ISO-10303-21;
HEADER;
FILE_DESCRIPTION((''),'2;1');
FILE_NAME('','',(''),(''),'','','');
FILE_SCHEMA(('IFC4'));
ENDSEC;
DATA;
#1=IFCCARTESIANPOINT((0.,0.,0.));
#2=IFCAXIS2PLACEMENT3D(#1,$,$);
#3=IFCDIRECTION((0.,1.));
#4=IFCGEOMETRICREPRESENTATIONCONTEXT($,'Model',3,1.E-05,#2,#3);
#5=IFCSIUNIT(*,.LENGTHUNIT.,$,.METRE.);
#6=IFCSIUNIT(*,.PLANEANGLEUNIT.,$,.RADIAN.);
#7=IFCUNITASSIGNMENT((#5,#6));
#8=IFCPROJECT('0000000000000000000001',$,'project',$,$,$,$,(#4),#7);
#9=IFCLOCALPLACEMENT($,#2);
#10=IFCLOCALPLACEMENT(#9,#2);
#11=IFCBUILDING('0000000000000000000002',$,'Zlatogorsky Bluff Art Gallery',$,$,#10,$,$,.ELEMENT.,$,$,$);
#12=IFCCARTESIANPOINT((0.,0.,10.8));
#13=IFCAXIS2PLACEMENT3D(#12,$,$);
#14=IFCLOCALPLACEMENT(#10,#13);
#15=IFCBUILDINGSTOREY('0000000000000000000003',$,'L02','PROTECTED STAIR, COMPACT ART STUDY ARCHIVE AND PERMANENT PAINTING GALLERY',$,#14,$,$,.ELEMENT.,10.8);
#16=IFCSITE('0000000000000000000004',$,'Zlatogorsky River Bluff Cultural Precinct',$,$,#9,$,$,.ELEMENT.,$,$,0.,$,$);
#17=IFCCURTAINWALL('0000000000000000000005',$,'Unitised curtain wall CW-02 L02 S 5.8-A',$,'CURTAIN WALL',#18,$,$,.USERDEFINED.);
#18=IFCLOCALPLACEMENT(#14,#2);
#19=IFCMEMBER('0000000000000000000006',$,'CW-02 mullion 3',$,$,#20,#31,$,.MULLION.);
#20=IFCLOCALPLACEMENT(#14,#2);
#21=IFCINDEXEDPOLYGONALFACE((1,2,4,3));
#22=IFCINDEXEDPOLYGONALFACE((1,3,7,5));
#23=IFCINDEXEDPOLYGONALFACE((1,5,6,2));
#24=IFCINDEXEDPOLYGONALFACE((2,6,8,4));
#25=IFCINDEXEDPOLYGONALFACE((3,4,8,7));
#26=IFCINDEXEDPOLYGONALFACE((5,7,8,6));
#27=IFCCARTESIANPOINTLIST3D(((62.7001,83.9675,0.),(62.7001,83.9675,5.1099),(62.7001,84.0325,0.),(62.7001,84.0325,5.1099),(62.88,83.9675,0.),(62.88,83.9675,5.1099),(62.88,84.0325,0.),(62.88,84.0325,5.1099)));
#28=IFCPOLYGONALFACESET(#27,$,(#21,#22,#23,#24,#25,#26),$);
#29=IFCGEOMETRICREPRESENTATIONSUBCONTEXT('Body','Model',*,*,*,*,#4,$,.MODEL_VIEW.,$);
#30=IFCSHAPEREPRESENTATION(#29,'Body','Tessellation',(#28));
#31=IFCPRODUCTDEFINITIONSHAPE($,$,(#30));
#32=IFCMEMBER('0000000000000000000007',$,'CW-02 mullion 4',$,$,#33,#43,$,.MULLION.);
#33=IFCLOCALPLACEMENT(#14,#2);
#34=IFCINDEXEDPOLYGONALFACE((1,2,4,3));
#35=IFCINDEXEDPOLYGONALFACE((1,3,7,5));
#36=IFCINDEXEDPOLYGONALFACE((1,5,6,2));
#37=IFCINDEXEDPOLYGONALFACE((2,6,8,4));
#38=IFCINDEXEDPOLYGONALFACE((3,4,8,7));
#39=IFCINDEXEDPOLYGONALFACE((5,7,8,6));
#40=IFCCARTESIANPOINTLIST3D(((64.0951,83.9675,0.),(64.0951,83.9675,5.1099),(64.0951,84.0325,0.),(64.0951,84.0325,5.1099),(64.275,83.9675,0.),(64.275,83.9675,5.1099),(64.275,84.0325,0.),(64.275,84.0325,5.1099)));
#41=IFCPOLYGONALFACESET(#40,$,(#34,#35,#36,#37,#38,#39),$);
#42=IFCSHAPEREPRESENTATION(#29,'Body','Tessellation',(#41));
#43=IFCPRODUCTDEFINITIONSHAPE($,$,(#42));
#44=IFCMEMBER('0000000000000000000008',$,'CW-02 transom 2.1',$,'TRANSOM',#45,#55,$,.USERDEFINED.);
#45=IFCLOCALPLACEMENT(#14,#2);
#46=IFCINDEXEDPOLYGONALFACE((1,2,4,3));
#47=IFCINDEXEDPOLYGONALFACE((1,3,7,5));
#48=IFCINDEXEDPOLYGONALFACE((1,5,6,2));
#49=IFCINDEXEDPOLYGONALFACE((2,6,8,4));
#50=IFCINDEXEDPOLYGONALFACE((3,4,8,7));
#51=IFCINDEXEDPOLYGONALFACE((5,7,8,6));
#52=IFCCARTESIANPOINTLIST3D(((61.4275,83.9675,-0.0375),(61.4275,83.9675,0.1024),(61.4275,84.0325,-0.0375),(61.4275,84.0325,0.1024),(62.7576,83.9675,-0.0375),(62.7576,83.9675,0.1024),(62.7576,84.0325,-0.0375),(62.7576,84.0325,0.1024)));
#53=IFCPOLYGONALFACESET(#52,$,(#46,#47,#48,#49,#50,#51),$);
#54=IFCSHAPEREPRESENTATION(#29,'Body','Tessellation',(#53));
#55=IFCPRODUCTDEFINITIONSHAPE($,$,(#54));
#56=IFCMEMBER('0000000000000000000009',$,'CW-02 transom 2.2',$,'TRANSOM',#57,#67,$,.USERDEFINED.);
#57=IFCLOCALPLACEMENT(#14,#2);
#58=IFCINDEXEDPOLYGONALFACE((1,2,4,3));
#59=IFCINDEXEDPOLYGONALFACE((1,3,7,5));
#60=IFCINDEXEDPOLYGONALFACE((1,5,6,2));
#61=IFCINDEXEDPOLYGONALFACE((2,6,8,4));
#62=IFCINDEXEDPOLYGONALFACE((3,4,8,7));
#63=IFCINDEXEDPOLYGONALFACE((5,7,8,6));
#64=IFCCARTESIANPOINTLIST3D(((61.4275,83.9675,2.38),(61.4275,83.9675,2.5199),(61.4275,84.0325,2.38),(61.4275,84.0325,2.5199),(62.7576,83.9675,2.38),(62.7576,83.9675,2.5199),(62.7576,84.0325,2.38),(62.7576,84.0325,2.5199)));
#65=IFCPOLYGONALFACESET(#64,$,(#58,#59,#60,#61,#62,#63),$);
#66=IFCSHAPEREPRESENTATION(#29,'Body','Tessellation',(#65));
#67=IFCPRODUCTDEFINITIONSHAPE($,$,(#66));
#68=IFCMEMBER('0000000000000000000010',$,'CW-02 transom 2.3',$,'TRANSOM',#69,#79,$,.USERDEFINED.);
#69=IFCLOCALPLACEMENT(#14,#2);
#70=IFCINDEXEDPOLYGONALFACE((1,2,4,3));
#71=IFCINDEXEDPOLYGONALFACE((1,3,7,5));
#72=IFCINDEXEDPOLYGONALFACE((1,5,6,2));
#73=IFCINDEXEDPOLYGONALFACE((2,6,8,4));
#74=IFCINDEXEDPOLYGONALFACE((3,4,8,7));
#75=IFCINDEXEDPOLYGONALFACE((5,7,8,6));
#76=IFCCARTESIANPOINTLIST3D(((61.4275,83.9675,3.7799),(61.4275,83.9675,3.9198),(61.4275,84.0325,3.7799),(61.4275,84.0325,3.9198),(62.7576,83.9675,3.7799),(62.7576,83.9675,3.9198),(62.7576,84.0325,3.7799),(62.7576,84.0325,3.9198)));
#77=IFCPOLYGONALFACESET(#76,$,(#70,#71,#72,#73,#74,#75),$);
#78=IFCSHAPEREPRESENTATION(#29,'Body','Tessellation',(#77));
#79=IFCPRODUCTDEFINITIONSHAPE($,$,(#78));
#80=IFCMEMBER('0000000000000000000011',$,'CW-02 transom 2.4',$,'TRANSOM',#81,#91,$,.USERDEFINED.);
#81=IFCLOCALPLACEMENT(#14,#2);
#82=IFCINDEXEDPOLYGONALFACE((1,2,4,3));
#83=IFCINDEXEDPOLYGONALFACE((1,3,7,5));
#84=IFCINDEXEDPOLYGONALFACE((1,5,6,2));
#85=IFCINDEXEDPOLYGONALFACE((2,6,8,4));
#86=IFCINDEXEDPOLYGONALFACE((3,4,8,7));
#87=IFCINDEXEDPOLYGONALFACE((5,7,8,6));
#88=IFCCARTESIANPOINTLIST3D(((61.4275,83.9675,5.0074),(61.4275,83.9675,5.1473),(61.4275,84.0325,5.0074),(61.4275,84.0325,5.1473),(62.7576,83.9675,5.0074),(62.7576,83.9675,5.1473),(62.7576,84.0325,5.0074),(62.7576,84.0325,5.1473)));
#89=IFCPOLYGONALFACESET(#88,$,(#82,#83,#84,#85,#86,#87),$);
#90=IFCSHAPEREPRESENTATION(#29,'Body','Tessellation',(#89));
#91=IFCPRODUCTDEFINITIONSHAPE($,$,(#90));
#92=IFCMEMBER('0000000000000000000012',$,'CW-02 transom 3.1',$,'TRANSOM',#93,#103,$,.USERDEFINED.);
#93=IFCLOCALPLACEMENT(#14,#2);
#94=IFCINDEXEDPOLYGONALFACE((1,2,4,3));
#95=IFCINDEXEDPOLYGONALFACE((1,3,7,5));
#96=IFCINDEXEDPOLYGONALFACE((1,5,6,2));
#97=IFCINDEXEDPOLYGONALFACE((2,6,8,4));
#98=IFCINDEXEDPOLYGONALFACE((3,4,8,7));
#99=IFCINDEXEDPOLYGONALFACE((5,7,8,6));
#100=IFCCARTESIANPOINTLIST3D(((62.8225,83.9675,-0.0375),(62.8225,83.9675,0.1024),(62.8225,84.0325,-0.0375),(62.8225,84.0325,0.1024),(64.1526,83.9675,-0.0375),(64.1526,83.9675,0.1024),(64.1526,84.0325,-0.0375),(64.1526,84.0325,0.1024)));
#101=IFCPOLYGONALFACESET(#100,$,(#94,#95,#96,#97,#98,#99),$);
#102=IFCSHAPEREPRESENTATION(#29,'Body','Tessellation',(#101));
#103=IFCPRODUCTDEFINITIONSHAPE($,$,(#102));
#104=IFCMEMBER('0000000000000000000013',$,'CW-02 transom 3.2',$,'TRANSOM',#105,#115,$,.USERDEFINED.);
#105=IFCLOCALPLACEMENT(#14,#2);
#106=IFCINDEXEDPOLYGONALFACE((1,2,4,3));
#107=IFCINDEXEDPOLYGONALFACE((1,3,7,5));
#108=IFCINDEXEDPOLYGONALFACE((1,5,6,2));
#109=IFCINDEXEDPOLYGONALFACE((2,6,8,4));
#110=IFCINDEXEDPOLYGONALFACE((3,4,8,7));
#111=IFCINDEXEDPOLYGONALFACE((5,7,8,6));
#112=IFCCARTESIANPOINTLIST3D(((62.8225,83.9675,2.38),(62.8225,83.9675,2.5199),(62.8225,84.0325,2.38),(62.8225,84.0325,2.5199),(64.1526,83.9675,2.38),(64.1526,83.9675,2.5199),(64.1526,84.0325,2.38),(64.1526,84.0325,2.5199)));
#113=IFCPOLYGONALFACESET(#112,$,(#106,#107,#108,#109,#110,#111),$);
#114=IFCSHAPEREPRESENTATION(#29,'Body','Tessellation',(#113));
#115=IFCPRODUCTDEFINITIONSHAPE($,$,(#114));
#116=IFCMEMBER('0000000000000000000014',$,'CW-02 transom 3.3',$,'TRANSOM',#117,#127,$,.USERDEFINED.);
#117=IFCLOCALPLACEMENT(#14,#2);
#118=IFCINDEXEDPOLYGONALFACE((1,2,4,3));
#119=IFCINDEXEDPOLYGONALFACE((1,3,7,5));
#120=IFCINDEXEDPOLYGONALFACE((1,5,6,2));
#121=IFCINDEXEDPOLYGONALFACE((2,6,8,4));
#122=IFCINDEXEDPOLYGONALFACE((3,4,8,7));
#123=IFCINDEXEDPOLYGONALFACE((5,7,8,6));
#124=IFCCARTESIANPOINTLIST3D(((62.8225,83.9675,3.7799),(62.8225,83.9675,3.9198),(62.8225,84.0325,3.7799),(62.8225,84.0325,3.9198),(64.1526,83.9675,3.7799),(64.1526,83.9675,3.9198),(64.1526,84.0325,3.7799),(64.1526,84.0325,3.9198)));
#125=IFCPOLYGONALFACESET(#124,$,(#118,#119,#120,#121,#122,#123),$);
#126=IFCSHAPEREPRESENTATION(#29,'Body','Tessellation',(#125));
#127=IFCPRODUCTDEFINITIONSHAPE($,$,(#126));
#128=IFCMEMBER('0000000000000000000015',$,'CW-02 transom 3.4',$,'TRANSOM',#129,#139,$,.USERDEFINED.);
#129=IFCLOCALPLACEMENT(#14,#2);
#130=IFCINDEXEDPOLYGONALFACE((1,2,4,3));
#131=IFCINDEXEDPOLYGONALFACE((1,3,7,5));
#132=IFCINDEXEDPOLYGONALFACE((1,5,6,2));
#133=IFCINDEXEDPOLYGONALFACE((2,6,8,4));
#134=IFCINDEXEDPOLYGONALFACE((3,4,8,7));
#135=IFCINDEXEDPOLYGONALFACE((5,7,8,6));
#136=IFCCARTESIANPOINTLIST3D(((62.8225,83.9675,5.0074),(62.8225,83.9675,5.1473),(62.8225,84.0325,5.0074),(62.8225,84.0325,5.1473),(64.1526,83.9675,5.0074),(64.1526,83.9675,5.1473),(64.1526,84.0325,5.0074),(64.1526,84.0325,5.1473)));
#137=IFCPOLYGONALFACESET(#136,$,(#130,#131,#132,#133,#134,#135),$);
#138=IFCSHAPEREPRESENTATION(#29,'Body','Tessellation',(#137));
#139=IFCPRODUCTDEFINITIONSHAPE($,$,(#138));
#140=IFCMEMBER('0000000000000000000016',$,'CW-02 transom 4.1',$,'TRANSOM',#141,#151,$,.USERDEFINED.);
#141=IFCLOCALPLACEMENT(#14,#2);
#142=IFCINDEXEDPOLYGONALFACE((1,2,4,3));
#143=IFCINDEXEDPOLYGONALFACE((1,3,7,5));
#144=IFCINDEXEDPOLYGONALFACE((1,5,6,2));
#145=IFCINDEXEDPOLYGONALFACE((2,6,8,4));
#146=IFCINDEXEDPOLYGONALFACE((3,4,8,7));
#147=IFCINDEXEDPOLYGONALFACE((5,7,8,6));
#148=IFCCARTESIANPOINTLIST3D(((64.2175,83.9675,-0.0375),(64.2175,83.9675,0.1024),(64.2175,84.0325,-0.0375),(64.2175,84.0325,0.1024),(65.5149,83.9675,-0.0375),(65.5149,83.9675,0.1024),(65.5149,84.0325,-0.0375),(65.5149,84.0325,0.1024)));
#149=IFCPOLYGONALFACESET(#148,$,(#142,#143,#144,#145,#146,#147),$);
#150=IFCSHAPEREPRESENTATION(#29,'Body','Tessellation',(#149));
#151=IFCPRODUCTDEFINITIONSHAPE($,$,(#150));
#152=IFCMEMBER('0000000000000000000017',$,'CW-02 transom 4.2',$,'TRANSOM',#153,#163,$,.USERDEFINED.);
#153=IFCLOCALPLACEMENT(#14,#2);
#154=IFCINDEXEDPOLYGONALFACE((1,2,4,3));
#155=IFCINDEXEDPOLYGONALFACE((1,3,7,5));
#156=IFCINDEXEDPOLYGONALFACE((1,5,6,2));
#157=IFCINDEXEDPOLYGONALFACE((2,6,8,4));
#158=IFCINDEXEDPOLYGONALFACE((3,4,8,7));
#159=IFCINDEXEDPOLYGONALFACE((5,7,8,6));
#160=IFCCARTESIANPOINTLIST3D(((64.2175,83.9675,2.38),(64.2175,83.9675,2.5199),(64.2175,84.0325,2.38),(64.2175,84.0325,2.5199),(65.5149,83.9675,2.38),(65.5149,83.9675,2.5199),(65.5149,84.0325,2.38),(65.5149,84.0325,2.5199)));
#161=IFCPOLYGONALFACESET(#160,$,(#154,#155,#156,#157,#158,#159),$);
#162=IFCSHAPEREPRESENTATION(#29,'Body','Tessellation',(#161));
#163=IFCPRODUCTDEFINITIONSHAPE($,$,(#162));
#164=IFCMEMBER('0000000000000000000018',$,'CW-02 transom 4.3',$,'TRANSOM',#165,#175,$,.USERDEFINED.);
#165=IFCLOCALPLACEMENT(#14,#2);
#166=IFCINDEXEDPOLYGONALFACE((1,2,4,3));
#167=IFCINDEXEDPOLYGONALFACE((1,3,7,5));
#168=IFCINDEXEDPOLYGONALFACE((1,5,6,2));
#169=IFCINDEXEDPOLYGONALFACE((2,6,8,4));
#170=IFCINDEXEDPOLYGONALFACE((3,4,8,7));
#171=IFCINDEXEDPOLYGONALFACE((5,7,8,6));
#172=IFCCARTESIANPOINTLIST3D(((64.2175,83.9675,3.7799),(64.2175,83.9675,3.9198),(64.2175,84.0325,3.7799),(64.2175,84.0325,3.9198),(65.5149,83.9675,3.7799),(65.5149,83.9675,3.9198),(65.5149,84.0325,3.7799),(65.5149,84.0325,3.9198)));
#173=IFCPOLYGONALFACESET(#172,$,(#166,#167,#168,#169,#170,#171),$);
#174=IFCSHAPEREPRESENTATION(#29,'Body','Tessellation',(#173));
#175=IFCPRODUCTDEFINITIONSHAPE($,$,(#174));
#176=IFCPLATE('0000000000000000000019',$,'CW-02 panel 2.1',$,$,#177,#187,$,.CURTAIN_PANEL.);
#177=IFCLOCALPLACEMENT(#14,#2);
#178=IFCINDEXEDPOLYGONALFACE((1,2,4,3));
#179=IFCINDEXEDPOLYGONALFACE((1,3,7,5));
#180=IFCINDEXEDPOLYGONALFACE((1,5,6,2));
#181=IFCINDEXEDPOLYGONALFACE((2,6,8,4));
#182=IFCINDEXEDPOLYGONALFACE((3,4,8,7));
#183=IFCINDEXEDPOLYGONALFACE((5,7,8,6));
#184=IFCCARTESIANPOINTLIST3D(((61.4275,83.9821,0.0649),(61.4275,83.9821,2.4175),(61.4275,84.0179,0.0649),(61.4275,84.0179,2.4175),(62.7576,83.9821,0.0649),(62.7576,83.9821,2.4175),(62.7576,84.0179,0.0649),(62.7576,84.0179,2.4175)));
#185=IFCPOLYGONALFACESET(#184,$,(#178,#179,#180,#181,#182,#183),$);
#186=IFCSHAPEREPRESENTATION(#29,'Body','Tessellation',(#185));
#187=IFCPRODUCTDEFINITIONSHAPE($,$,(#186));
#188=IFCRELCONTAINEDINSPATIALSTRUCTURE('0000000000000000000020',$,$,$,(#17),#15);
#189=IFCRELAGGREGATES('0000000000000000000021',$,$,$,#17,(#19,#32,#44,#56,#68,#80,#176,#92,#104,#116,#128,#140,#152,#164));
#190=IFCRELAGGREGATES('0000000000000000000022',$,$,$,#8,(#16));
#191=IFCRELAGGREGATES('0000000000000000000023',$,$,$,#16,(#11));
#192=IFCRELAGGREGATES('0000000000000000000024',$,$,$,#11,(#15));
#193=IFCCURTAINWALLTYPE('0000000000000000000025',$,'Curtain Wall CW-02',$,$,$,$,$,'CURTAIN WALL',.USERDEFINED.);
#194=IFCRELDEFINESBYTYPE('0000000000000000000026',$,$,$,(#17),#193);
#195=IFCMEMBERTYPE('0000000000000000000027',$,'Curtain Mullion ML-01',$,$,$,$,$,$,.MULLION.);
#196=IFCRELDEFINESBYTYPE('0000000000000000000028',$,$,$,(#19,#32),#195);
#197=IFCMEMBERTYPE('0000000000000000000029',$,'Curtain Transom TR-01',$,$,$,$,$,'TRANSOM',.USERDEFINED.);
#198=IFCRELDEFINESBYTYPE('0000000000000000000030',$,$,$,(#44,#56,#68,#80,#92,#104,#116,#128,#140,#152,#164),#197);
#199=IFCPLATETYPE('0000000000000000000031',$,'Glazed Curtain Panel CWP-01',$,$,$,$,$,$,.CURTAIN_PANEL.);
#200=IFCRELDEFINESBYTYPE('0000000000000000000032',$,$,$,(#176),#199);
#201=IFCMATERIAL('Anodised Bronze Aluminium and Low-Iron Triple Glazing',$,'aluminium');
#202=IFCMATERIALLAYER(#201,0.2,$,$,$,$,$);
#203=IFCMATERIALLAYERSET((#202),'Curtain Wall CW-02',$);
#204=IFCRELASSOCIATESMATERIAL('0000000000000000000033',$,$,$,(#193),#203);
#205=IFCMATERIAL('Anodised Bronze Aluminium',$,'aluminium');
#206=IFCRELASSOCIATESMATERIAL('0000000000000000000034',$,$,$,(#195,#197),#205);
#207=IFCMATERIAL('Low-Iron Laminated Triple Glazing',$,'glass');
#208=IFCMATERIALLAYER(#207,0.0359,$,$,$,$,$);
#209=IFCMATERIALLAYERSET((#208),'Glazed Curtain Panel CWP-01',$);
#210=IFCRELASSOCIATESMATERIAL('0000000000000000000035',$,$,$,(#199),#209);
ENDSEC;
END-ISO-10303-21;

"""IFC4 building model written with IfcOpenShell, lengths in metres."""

from ifc_helpers import new_model, si_unit, direction, frame, origin, origin_2d, place, context, subcontext, project, spatial, rectangle, extrude, material, layer, layer_set, material_profile, profile_set, type_object, element, aggregate, save


model = new_model("IFC4")

# Units and contexts
model_context = context("Model", 3, precision=1e-05, world=origin(), true_north=direction((0.0, 1.0)))
body_context = subcontext(model_context, "Body", "Model", "MODEL_VIEW")
ifc_project = project(units=[si_unit("LENGTHUNIT", "METRE"), si_unit("PLANEANGLEUNIT", "RADIAN")], contexts=[model_context])

# Site, building, storey
site_placement = place(None, origin())
site = spatial("IfcSite", under=ifc_project, at=site_placement, Name="Zlatogorsky River Bluff Cultural Precinct", CompositionType="ELEMENT", RefElevation=0.0)
building_placement = place(site_placement, origin())
building = spatial("IfcBuilding", under=site, at=building_placement, Name="Zlatogorsky Bluff Art Gallery", CompositionType="ELEMENT")
storey_placement = place(building_placement, frame((0.0, 0.0, 10.8)))
storey = spatial("IfcBuildingStorey", under=building, at=storey_placement, Name="L02", Description="PROTECTED STAIR, COMPACT ART STUDY ARCHIVE AND PERMANENT PAINTING GALLERY", CompositionType="ELEMENT", Elevation=10.8)

# Curtain wall, members, plate
ifc_material_1 = material(Name="Anodised Bronze Aluminium and Low-Iron Triple Glazing", Category="aluminium")
ifc_layer_1 = layer(ifc_material_1, 0.2)
ifc_layer_set_1 = layer_set([ifc_layer_1], Name="Curtain Wall CW-02")
curtain_wall_type = type_object("IfcCurtainWallType", Name="Curtain Wall CW-02", ElementType="CURTAIN WALL", PredefinedType="USERDEFINED", material=ifc_layer_set_1)
curtain_wall_placement = place(storey_placement, origin())
curtain_wall = element("IfcCurtainWall", 1, at=curtain_wall_placement, inside=storey, type_object=curtain_wall_type, Name="Unitised curtain wall CW-02 L02 S 5.8-A", ObjectType="CURTAIN WALL", PredefinedType="USERDEFINED")
ifc_material_2 = material(Name="Anodised Bronze Aluminium", Category="aluminium")
ifc_material_profile_1 = material_profile(ifc_material_2, rectangle(XDim=0.0649, YDim=0.1799, at=origin_2d()), Name="ALU MULLION 65x180")
ifc_profile_set_1 = profile_set([ifc_material_profile_1], Name="Anodised Bronze Aluminium")
member_type_1 = type_object("IfcMemberType", Name="Curtain Mullion ML-01", PredefinedType="MULLION", material=ifc_profile_set_1)
member_1_placement = place(storey_placement, frame((62.79, 84.0, 0.0), z_axis=(0.0, 0.0, 1.0), x_axis=(0.0, 1.0, 0.0)))
member_1 = element("IfcMember", 2, at=member_1_placement, type_object=member_type_1, Name="CW-02 mullion 3", PredefinedType="MULLION", context=body_context, shape_type="SweptSolid", body=[
    extrude(rectangle(XDim=0.0649, YDim=0.1799, at=origin_2d()), origin(), (0.0, 0.0, 1.0), 5.1099),
])
member_2_placement = place(storey_placement, frame((64.1851, 84.0, 0.0), z_axis=(0.0, 0.0, 1.0), x_axis=(0.0, 1.0, 0.0)))
member_2 = element("IfcMember", 3, at=member_2_placement, type_object=member_type_1, Name="CW-02 mullion 4", PredefinedType="MULLION", context=body_context, shape_type="SweptSolid", body=[
    extrude(rectangle(XDim=0.0649, YDim=0.1799, at=origin_2d()), origin(), (0.0, 0.0, 1.0), 5.1099),
])
ifc_material_profile_2 = material_profile(ifc_material_2, rectangle(XDim=0.0649, YDim=0.1399, at=origin_2d()), Name="ALU TRANSOM 65x140")
ifc_profile_set_2 = profile_set([ifc_material_profile_2], Name="Anodised Bronze Aluminium")
member_type_2 = type_object("IfcMemberType", Name="Curtain Transom TR-01", ElementType="TRANSOM", PredefinedType="USERDEFINED", material=ifc_profile_set_2)
member_3_placement = place(storey_placement, frame((61.4275, 84.0, 0.0325), z_axis=(1.0, 0.0, 0.0), x_axis=(0.0, 1.0, 0.0)))
member_3 = element("IfcMember", 4, at=member_3_placement, type_object=member_type_2, Name="CW-02 transom 2.1", ObjectType="TRANSOM", PredefinedType="USERDEFINED", context=body_context, shape_type="SweptSolid", body=[
    extrude(rectangle(XDim=0.0649, YDim=0.1399, at=origin_2d()), origin(), (0.0, 0.0, 1.0), 1.3301),
])
member_4_placement = place(storey_placement, frame((61.4275, 84.0, 2.45), z_axis=(1.0, 0.0, 0.0), x_axis=(0.0, 1.0, 0.0)))
member_4 = element("IfcMember", 5, at=member_4_placement, type_object=member_type_2, Name="CW-02 transom 2.2", ObjectType="TRANSOM", PredefinedType="USERDEFINED", context=body_context, shape_type="SweptSolid", body=[
    extrude(rectangle(XDim=0.0649, YDim=0.1399, at=origin_2d()), origin(), (0.0, 0.0, 1.0), 1.3301),
])
member_5_placement = place(storey_placement, frame((61.4275, 84.0, 3.8499), z_axis=(1.0, 0.0, 0.0), x_axis=(0.0, 1.0, 0.0)))
member_5 = element("IfcMember", 6, at=member_5_placement, type_object=member_type_2, Name="CW-02 transom 2.3", ObjectType="TRANSOM", PredefinedType="USERDEFINED", context=body_context, shape_type="SweptSolid", body=[
    extrude(rectangle(XDim=0.0649, YDim=0.1399, at=origin_2d()), origin(), (0.0, 0.0, 1.0), 1.3301),
])
member_6_placement = place(storey_placement, frame((61.4275, 84.0, 5.0774), z_axis=(1.0, 0.0, 0.0), x_axis=(0.0, 1.0, 0.0)))
member_6 = element("IfcMember", 7, at=member_6_placement, type_object=member_type_2, Name="CW-02 transom 2.4", ObjectType="TRANSOM", PredefinedType="USERDEFINED", context=body_context, shape_type="SweptSolid", body=[
    extrude(rectangle(XDim=0.0649, YDim=0.1399, at=origin_2d()), origin(), (0.0, 0.0, 1.0), 1.3301),
])
member_7_placement = place(storey_placement, frame((62.8225, 84.0, 0.0325), z_axis=(1.0, 0.0, 0.0), x_axis=(0.0, 1.0, 0.0)))
member_7 = element("IfcMember", 8, at=member_7_placement, type_object=member_type_2, Name="CW-02 transom 3.1", ObjectType="TRANSOM", PredefinedType="USERDEFINED", context=body_context, shape_type="SweptSolid", body=[
    extrude(rectangle(XDim=0.0649, YDim=0.1399, at=origin_2d()), origin(), (0.0, 0.0, 1.0), 1.3301),
])
member_8_placement = place(storey_placement, frame((62.8225, 84.0, 2.45), z_axis=(1.0, 0.0, 0.0), x_axis=(0.0, 1.0, 0.0)))
member_8 = element("IfcMember", 9, at=member_8_placement, type_object=member_type_2, Name="CW-02 transom 3.2", ObjectType="TRANSOM", PredefinedType="USERDEFINED", context=body_context, shape_type="SweptSolid", body=[
    extrude(rectangle(XDim=0.0649, YDim=0.1399, at=origin_2d()), origin(), (0.0, 0.0, 1.0), 1.3301),
])
member_9_placement = place(storey_placement, frame((62.8225, 84.0, 3.8499), z_axis=(1.0, 0.0, 0.0), x_axis=(0.0, 1.0, 0.0)))
member_9 = element("IfcMember", 10, at=member_9_placement, type_object=member_type_2, Name="CW-02 transom 3.3", ObjectType="TRANSOM", PredefinedType="USERDEFINED", context=body_context, shape_type="SweptSolid", body=[
    extrude(rectangle(XDim=0.0649, YDim=0.1399, at=origin_2d()), origin(), (0.0, 0.0, 1.0), 1.3301),
])
member_10_placement = place(storey_placement, frame((62.8225, 84.0, 5.0774), z_axis=(1.0, 0.0, 0.0), x_axis=(0.0, 1.0, 0.0)))
member_10 = element("IfcMember", 11, at=member_10_placement, type_object=member_type_2, Name="CW-02 transom 3.4", ObjectType="TRANSOM", PredefinedType="USERDEFINED", context=body_context, shape_type="SweptSolid", body=[
    extrude(rectangle(XDim=0.0649, YDim=0.1399, at=origin_2d()), origin(), (0.0, 0.0, 1.0), 1.3301),
])
member_11_placement = place(storey_placement, frame((64.2175, 84.0, 0.0325), z_axis=(1.0, 0.0, 0.0), x_axis=(0.0, 1.0, 0.0)))
member_11 = element("IfcMember", 12, at=member_11_placement, type_object=member_type_2, Name="CW-02 transom 4.1", ObjectType="TRANSOM", PredefinedType="USERDEFINED", context=body_context, shape_type="SweptSolid", body=[
    extrude(rectangle(XDim=0.0649, YDim=0.1399, at=origin_2d()), origin(), (0.0, 0.0, 1.0), 1.2974),
])
member_12_placement = place(storey_placement, frame((64.2175, 84.0, 2.45), z_axis=(1.0, 0.0, 0.0), x_axis=(0.0, 1.0, 0.0)))
member_12 = element("IfcMember", 13, at=member_12_placement, type_object=member_type_2, Name="CW-02 transom 4.2", ObjectType="TRANSOM", PredefinedType="USERDEFINED", context=body_context, shape_type="SweptSolid", body=[
    extrude(rectangle(XDim=0.0649, YDim=0.1399, at=origin_2d()), origin(), (0.0, 0.0, 1.0), 1.2974),
])
member_13_placement = place(storey_placement, frame((64.2175, 84.0, 3.8499), z_axis=(1.0, 0.0, 0.0), x_axis=(0.0, 1.0, 0.0)))
member_13 = element("IfcMember", 14, at=member_13_placement, type_object=member_type_2, Name="CW-02 transom 4.3", ObjectType="TRANSOM", PredefinedType="USERDEFINED", context=body_context, shape_type="SweptSolid", body=[
    extrude(rectangle(XDim=0.0649, YDim=0.1399, at=origin_2d()), origin(), (0.0, 0.0, 1.0), 1.2974),
])
ifc_material_3 = material(Name="Low-Iron Laminated Triple Glazing", Category="glass")
ifc_layer_2 = layer(ifc_material_3, 0.0359)
ifc_layer_set_2 = layer_set([ifc_layer_2], Name="Glazed Curtain Panel CWP-01")
plate_type = type_object("IfcPlateType", Name="Glazed Curtain Panel CWP-01", PredefinedType="CURTAIN_PANEL", material=ifc_layer_set_2)
plate_1_placement = place(storey_placement, frame((62.0925, 84.0, 0.0649), z_axis=(0.0, 0.0, 1.0), x_axis=(1.0, 0.0, 0.0)))
plate_1 = element("IfcPlate", 15, at=plate_1_placement, type_object=plate_type, Name="CW-02 panel 2.1", PredefinedType="CURTAIN_PANEL", context=body_context, shape_type="SweptSolid", body=[
    extrude(rectangle(XDim=1.3301, YDim=0.0359, at=origin_2d()), origin(), (0.0, 0.0, 1.0), 2.3525),
])
aggregate(curtain_wall, [member_1, member_2, member_3, member_4, member_5, member_6, plate_1, member_7, member_8, member_9, member_10, member_11, member_12, member_13])

save(model, "model.ifc")
